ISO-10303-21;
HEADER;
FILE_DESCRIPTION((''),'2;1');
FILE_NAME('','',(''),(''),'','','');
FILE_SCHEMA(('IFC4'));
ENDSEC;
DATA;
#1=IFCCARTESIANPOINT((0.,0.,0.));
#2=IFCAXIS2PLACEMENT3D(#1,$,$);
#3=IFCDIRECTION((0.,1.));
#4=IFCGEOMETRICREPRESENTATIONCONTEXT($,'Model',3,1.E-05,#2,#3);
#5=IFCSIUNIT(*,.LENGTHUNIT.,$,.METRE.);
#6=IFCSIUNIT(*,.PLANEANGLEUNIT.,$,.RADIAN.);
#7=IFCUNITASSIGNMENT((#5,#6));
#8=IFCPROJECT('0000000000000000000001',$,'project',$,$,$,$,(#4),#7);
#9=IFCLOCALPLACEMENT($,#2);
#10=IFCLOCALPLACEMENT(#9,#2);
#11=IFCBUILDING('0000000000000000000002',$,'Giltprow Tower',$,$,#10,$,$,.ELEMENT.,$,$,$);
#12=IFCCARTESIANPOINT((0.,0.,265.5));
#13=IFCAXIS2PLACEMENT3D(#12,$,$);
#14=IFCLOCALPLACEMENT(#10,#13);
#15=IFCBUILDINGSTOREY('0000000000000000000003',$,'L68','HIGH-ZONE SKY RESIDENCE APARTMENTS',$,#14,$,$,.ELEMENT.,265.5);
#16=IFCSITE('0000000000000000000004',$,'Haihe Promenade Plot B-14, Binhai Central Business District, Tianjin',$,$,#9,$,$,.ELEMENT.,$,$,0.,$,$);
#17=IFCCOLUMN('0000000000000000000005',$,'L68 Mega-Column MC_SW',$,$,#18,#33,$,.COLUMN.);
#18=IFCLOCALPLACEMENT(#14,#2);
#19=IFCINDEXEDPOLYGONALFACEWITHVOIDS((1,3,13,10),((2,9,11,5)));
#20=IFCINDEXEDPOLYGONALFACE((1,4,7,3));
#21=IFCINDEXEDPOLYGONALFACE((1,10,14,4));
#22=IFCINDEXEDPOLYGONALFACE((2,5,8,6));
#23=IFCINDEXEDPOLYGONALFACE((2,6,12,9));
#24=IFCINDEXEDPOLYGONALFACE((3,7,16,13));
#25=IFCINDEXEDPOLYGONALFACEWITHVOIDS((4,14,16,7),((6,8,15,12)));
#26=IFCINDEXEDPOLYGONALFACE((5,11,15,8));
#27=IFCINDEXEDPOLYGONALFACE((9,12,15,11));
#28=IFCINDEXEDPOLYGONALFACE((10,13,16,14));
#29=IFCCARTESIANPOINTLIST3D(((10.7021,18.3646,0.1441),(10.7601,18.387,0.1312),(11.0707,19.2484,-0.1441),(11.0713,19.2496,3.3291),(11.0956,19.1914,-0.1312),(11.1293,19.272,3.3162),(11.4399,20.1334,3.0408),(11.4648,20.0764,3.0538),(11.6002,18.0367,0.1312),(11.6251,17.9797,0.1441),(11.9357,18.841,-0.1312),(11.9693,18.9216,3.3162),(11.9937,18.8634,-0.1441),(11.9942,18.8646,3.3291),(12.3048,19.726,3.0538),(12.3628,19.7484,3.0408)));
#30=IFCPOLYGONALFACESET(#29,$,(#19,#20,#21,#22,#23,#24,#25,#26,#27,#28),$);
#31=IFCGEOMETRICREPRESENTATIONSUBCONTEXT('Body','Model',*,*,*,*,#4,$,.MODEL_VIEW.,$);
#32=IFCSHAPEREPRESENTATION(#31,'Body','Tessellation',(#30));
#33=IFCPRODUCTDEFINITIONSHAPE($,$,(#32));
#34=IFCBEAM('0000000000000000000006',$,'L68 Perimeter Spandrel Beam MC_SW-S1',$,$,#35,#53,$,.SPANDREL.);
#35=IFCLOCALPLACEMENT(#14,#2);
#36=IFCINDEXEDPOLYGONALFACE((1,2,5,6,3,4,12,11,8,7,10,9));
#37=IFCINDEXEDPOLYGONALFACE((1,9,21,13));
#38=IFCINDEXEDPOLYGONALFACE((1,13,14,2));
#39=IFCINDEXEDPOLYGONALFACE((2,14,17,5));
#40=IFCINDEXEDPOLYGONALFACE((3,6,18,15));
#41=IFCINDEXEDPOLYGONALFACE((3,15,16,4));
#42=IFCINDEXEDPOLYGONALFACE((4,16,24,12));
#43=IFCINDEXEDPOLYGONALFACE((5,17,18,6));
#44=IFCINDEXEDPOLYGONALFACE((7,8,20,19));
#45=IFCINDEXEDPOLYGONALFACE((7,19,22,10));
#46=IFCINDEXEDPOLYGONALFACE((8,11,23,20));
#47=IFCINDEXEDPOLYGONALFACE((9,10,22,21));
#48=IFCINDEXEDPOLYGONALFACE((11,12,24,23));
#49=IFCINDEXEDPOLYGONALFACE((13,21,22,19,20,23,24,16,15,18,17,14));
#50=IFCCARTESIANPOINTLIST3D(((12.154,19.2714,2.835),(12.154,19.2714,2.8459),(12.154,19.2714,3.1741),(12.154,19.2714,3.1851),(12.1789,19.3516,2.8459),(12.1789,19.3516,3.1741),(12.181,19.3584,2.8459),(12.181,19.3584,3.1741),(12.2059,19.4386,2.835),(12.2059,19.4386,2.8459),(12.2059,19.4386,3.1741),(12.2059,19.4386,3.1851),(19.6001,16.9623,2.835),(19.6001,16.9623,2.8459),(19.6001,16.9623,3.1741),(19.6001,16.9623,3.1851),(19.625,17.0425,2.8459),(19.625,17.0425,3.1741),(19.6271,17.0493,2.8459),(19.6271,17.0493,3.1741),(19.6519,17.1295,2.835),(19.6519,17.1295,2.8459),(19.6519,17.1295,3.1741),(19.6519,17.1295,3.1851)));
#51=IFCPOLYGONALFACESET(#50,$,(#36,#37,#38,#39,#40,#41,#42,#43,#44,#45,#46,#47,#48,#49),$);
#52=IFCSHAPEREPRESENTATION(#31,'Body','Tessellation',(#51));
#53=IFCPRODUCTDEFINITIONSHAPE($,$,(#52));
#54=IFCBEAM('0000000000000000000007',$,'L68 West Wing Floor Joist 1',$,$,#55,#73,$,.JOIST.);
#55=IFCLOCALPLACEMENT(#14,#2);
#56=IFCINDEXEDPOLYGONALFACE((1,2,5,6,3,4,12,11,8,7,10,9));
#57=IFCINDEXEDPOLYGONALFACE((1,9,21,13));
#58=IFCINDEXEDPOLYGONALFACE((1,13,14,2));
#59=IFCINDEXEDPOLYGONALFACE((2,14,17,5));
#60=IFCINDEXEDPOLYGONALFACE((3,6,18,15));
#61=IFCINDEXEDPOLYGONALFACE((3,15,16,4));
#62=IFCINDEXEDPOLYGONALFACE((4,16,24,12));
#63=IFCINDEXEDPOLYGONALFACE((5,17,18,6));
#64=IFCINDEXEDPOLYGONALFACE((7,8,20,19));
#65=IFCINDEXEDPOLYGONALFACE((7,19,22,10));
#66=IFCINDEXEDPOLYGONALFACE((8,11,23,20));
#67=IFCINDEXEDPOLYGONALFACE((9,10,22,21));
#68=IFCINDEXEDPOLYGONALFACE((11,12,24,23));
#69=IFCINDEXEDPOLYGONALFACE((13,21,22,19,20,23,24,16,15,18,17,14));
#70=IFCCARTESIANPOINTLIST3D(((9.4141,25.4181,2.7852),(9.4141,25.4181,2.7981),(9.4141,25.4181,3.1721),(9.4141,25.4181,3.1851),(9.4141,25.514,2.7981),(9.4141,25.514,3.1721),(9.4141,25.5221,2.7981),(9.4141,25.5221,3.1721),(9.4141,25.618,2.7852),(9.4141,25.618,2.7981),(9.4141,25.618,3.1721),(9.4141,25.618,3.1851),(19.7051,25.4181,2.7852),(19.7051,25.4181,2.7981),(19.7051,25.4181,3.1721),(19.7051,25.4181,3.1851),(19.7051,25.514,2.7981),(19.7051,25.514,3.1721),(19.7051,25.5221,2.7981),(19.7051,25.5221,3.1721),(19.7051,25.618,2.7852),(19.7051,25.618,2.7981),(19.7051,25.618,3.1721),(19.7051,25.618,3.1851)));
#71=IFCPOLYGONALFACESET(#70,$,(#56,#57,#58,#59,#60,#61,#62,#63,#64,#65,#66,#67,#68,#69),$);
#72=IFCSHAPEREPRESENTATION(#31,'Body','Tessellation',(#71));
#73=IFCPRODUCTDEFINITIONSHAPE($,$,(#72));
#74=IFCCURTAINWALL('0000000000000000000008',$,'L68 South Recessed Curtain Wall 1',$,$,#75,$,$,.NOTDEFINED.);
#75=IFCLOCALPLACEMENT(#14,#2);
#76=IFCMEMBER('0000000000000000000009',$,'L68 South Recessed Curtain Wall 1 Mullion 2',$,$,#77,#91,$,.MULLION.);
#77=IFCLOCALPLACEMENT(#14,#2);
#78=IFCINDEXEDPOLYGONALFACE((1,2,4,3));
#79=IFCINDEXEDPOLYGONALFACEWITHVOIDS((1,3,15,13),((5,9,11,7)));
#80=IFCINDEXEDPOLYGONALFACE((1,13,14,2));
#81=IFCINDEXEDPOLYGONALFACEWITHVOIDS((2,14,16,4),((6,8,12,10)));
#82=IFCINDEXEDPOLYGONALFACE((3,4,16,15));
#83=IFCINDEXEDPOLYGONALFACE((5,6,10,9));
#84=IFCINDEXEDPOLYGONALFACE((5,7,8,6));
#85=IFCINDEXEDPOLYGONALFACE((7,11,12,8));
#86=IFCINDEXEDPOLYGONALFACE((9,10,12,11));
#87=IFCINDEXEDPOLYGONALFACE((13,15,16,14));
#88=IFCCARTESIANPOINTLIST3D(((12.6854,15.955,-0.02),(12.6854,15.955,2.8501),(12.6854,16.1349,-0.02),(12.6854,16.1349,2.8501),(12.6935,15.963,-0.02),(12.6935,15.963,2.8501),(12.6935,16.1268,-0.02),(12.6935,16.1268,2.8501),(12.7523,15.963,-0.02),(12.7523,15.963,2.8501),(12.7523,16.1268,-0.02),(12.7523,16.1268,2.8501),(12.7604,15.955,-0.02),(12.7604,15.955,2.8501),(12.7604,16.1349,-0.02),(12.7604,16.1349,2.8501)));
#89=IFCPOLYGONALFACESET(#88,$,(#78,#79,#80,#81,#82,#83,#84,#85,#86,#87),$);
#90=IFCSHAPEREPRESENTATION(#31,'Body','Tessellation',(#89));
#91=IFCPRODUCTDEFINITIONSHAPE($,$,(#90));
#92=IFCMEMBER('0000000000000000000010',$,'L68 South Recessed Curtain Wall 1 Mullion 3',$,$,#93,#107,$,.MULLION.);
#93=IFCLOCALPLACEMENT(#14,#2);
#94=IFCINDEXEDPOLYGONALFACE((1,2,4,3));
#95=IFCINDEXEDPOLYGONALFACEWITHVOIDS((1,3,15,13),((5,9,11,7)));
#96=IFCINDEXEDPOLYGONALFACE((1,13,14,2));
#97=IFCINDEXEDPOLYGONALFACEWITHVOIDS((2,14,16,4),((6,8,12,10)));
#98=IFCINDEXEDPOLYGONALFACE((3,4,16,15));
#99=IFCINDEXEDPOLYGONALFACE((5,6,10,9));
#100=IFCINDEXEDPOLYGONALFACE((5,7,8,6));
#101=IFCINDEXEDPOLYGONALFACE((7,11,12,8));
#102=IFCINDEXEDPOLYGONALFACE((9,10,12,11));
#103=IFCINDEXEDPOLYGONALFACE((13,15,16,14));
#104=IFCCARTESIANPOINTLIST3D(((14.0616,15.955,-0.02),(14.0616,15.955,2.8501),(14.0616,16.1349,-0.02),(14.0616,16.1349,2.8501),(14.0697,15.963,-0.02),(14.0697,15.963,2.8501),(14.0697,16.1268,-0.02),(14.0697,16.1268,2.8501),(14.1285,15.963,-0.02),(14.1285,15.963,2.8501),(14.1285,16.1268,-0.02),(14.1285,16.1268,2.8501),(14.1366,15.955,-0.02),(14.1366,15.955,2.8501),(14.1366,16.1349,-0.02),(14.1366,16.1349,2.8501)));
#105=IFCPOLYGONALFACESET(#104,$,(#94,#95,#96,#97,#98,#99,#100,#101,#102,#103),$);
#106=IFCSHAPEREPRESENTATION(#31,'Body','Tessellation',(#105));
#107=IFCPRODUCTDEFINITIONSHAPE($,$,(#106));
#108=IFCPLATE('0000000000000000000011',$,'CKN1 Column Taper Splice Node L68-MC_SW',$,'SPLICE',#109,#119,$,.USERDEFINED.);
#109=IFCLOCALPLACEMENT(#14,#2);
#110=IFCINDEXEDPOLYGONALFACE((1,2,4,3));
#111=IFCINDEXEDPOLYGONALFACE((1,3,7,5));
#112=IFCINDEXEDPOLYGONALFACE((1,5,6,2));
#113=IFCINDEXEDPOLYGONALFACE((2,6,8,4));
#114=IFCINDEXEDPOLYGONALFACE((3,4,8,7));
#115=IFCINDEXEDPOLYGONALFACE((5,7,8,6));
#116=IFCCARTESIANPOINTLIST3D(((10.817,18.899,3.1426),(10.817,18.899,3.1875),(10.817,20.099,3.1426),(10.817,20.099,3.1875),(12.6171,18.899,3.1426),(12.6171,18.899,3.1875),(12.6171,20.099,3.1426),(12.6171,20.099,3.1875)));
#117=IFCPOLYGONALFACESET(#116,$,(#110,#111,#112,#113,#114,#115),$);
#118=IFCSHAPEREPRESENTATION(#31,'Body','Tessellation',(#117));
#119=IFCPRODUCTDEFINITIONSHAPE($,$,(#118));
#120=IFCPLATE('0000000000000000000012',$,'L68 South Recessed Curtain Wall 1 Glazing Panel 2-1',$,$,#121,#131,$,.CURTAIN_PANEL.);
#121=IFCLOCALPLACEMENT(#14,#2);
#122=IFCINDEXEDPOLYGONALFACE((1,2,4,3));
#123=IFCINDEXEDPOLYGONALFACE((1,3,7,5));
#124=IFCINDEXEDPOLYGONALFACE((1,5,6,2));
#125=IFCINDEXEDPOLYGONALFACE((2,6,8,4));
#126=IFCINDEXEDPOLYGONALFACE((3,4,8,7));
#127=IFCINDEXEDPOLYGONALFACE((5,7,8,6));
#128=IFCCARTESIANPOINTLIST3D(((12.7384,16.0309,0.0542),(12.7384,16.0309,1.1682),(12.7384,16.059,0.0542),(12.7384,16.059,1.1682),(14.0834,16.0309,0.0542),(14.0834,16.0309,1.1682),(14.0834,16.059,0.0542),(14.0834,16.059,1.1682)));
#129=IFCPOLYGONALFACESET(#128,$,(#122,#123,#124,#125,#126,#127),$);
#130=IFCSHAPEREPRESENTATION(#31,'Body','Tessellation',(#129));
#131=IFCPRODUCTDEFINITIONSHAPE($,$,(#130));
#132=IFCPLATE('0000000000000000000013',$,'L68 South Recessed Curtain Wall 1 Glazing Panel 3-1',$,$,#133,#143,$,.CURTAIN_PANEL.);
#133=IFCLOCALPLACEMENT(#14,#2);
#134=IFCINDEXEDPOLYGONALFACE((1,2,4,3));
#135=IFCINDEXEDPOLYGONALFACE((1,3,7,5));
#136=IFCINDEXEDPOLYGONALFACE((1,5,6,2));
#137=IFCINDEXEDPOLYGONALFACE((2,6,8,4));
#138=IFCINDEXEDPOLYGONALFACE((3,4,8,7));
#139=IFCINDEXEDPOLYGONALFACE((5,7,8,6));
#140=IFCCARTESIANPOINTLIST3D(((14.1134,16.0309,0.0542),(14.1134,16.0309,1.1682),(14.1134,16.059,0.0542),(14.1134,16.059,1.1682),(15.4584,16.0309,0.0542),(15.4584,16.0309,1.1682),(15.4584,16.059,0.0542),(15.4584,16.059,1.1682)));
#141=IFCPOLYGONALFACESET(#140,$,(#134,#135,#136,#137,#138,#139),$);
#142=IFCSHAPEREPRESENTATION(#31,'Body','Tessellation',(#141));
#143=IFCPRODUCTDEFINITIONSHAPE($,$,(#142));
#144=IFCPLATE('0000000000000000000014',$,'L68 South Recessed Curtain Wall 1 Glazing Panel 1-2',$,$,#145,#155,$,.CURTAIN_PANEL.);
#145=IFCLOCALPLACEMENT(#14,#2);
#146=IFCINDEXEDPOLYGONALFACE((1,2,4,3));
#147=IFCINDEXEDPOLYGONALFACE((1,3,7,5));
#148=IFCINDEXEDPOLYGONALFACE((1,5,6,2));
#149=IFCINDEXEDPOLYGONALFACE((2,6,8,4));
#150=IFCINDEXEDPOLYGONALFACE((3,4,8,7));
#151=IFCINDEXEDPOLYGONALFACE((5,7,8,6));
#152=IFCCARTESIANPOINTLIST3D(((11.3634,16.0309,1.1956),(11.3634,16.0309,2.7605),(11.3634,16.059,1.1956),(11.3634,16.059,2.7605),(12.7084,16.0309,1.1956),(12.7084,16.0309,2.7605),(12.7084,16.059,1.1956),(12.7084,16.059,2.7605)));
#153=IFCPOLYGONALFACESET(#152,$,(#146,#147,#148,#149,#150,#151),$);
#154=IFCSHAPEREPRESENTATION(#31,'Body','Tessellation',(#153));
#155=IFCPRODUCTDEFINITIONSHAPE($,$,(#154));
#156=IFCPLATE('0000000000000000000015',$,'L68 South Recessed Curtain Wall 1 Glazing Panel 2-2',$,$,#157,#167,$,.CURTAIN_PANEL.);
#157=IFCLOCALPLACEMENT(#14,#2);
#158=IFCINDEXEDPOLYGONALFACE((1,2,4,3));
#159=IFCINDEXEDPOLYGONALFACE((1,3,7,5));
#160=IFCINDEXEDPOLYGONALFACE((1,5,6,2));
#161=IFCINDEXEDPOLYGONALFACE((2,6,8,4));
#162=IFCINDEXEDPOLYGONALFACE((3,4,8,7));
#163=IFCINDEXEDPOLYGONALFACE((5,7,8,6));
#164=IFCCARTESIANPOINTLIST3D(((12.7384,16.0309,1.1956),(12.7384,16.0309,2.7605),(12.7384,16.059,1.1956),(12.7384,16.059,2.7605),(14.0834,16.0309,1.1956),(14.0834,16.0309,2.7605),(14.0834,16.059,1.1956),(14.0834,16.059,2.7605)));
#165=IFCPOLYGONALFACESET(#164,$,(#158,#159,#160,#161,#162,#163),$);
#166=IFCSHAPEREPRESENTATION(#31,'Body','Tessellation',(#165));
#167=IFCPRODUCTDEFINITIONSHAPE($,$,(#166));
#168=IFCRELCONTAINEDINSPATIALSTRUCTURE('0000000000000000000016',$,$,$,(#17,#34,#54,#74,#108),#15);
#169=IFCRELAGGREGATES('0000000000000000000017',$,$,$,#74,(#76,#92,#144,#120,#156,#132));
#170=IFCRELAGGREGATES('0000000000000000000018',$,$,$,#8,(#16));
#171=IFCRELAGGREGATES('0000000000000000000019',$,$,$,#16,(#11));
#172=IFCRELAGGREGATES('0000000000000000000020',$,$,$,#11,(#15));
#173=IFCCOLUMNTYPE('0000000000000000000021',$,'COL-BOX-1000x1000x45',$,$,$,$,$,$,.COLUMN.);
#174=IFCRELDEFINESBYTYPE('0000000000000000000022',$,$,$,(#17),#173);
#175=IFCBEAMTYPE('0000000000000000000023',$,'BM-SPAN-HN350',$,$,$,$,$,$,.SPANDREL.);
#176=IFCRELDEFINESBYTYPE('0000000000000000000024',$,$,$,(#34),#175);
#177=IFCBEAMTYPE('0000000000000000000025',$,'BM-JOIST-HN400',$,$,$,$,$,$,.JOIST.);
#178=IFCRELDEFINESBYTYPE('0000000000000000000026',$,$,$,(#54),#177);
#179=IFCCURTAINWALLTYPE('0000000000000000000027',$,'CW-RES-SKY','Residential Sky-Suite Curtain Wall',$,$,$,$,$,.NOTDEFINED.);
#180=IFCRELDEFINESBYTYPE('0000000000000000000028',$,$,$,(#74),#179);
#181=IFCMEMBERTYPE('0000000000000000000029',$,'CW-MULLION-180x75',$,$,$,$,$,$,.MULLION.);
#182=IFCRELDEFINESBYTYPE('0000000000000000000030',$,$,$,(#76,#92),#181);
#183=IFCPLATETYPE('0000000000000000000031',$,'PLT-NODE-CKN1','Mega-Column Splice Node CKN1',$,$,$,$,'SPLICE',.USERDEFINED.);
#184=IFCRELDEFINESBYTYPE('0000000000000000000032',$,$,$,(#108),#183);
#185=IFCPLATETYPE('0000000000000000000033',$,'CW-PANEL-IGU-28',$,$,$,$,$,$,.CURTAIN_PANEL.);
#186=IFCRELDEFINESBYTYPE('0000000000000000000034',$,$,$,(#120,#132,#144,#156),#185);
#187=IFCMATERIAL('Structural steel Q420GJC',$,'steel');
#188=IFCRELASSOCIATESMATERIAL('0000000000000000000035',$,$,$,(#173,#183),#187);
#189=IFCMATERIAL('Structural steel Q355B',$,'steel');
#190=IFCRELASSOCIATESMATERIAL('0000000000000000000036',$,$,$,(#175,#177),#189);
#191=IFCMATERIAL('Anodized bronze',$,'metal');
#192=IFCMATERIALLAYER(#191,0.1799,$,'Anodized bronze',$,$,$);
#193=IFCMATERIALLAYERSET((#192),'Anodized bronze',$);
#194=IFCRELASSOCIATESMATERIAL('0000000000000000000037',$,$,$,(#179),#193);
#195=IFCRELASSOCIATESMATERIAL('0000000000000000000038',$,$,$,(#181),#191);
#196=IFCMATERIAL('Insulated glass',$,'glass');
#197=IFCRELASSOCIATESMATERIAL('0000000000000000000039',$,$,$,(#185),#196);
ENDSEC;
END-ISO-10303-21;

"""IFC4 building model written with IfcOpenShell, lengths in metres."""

from ifc_helpers import new_model, si_unit, direction, frame, origin, origin_2d, place, context, subcontext, project, spatial, rectangle, hollow_rectangle, i_section, extrude, source, transform, mapped, material, layer, layer_set, material_profile, profile_set, type_object, element, aggregate, save


model = new_model("IFC4")

# Units and contexts
model_context = context("Model", 3, precision=1e-05, world=origin(), true_north=direction((0.0, 1.0)))
body_context = subcontext(model_context, "Body", "Model", "MODEL_VIEW")
ifc_project = project(units=[si_unit("LENGTHUNIT", "METRE"), si_unit("PLANEANGLEUNIT", "RADIAN")], contexts=[model_context])

# Site, building, storey
site_placement = place(None, origin())
site = spatial("IfcSite", under=ifc_project, at=site_placement, Name="Haihe Promenade Plot B-14, Binhai Central Business District, Tianjin", CompositionType="ELEMENT", RefElevation=0.0)
building_placement = place(site_placement, origin())
building = spatial("IfcBuilding", under=site, at=building_placement, Name="Giltprow Tower", CompositionType="ELEMENT")
storey_placement = place(building_placement, frame((0.0, 0.0, 265.5)))
storey = spatial("IfcBuildingStorey", under=building, at=storey_placement, Name="L68", Description="HIGH-ZONE SKY RESIDENCE APARTMENTS", CompositionType="ELEMENT", Elevation=265.5)

# Column
ifc_material_1 = material(Name="Structural steel Q420GJC", Category="steel")
ifc_material_profile_1 = material_profile(ifc_material_1, hollow_rectangle(XDim=1.0, YDim=1.0, WallThickness=0.0449, at=origin_2d()), Name="BOX 1000x1000x45")
ifc_profile_set_1 = profile_set([ifc_material_profile_1], Name="Structural steel Q420GJC")
column_type = type_object("IfcColumnType", Name="COL-BOX-1000x1000x45", PredefinedType="COLUMN", material=ifc_profile_set_1)
shared_shape_1 = source(origin(), body_context, "Body", "SweptSolid", [
    extrude(hollow_rectangle(XDim=1.0, YDim=1.0, WallThickness=0.0449, at=origin_2d()), origin(), (0.0, 0.0, 1.0), 3.3262),
])
column_placement = place(storey_placement, frame((11.3479, 18.614, 0.0), z_axis=(0.110977, 0.266066, 0.957545), x_axis=(-0.922934, 0.384959, 0.0)))
element("IfcColumn", 1, at=column_placement, inside=storey, type_object=column_type, Name="L68 Mega-Column MC_SW", PredefinedType="COLUMN", context=body_context, shape_type="MappedRepresentation", body=[
    mapped(shared_shape_1, transform((0.0, 0.0, 0.0), x_axis=(1.0, 0.0, 0.0), y_axis=(0.0, 1.0, 0.0), z_axis=(0.0, 0.0, 1.0), scale=1.0)),
])

# Beams
ifc_material_2 = material(Name="Structural steel Q355B", Category="steel")
ifc_material_profile_2 = material_profile(ifc_material_2, i_section(OverallWidth=0.175, OverallDepth=0.3501, WebThickness=0.0071, FlangeThickness=0.011, at=origin_2d()), Name="HN 350x175x7x11")
ifc_profile_set_2 = profile_set([ifc_material_profile_2], Name="Structural steel Q355B")
beam_type_1 = type_object("IfcBeamType", Name="BM-SPAN-HN350", PredefinedType="SPANDREL", material=ifc_profile_set_2)
shared_shape_2 = source(origin(), body_context, "Body", "SweptSolid", [
    extrude(i_section(OverallWidth=0.175, OverallDepth=0.3501, WebThickness=0.0071, FlangeThickness=0.011, at=origin_2d()), origin(), (0.0, 0.0, 1.0), 7.7959),
])
beam_1_placement = place(storey_placement, frame((12.1799, 19.355, 3.01), z_axis=(0.955128, -0.296193, 0.0), x_axis=(0.296193, 0.955128, 0.0)))
element("IfcBeam", 2, at=beam_1_placement, inside=storey, type_object=beam_type_1, Name="L68 Perimeter Spandrel Beam MC_SW-S1", PredefinedType="SPANDREL", context=body_context, shape_type="MappedRepresentation", body=[
    mapped(shared_shape_2, transform((0.0, 0.0, 0.0), x_axis=(1.0, 0.0, 0.0), y_axis=(0.0, 1.0, 0.0), z_axis=(0.0, 0.0, 1.0), scale=1.0)),
])
ifc_material_profile_3 = material_profile(ifc_material_2, i_section(OverallWidth=0.2, OverallDepth=0.3999, WebThickness=0.0081, FlangeThickness=0.0129, at=origin_2d()), Name="HN 400x200x8x13")
ifc_profile_set_3 = profile_set([ifc_material_profile_3], Name="Structural steel Q355B")
beam_type_2 = type_object("IfcBeamType", Name="BM-JOIST-HN400", PredefinedType="JOIST", material=ifc_profile_set_3)
shared_shape_3 = source(origin(), body_context, "Body", "SweptSolid", [
    extrude(i_section(OverallWidth=0.2, OverallDepth=0.3999, WebThickness=0.0081, FlangeThickness=0.0129, at=origin_2d()), origin(), (0.0, 0.0, 1.0), 10.291),
])
beam_2_placement = place(storey_placement, frame((9.4141, 25.5181, 2.9851), z_axis=(1.0, 0.0, 0.0), x_axis=(0.0, 1.0, 0.0)))
element("IfcBeam", 3, at=beam_2_placement, inside=storey, type_object=beam_type_2, Name="L68 West Wing Floor Joist 1", PredefinedType="JOIST", context=body_context, shape_type="MappedRepresentation", body=[
    mapped(shared_shape_3, transform((0.0, 0.0, 0.0), x_axis=(1.0, 0.0, 0.0), y_axis=(0.0, 1.0, 0.0), z_axis=(0.0, 0.0, 1.0), scale=1.0)),
])

# Curtain wall, members
ifc_material_3 = material(Name="Anodized bronze", Category="metal")
ifc_layer_1 = layer(ifc_material_3, 0.1799, Name="Anodized bronze")
ifc_layer_set_1 = layer_set([ifc_layer_1], Name="Anodized bronze")
curtain_wall_type = type_object("IfcCurtainWallType", Name="CW-RES-SKY", Description="Residential Sky-Suite Curtain Wall", PredefinedType="NOTDEFINED", material=ifc_layer_set_1)
curtain_wall_placement = place(storey_placement, origin())
curtain_wall = element("IfcCurtainWall", 4, at=curtain_wall_placement, inside=storey, type_object=curtain_wall_type, Name="L68 South Recessed Curtain Wall 1", PredefinedType="NOTDEFINED")
ifc_material_profile_4 = material_profile(ifc_material_3, hollow_rectangle(XDim=0.075, YDim=0.1799, WallThickness=0.0081, at=origin_2d()), Name="RHS 180x75x8")
ifc_profile_set_4 = profile_set([ifc_material_profile_4], Name="Anodized bronze")
member_type = type_object("IfcMemberType", Name="CW-MULLION-180x75", PredefinedType="MULLION", material=ifc_profile_set_4)
shared_shape_4 = source(origin(), body_context, "Body", "SweptSolid", [
    extrude(hollow_rectangle(XDim=0.075, YDim=0.1799, WallThickness=0.0081, at=origin_2d()), origin(), (0.0, 0.0, 1.0), 2.8701),
])
member_1_placement = place(storey_placement, frame((12.7229, 16.0449, -0.02), z_axis=(0.0, 0.0, 1.0), x_axis=(1.0, 0.0, 0.0)))
member_1 = element("IfcMember", 5, at=member_1_placement, type_object=member_type, Name="L68 South Recessed Curtain Wall 1 Mullion 2", PredefinedType="MULLION", context=body_context, shape_type="MappedRepresentation", body=[
    mapped(shared_shape_4, transform((0.0, 0.0, 0.0), x_axis=(1.0, 0.0, 0.0), y_axis=(0.0, 1.0, 0.0), z_axis=(0.0, 0.0, 1.0), scale=1.0)),
])
member_2_placement = place(storey_placement, frame((14.0991, 16.0449, -0.02), z_axis=(0.0, 0.0, 1.0), x_axis=(1.0, 0.0, 0.0)))
member_2 = element("IfcMember", 6, at=member_2_placement, type_object=member_type, Name="L68 South Recessed Curtain Wall 1 Mullion 3", PredefinedType="MULLION", context=body_context, shape_type="MappedRepresentation", body=[
    mapped(shared_shape_4, transform((0.0, 0.0, 0.0), x_axis=(1.0, 0.0, 0.0), y_axis=(0.0, 1.0, 0.0), z_axis=(0.0, 0.0, 1.0), scale=1.0)),
])

# Plates
plate_type_1 = type_object("IfcPlateType", Name="PLT-NODE-CKN1", Description="Mega-Column Splice Node CKN1", ElementType="SPLICE", PredefinedType="USERDEFINED", material=ifc_material_1)
shared_shape_5 = source(origin(), body_context, "Body", "SweptSolid", [
    extrude(rectangle(XDim=1.8, YDim=1.2, at=origin_2d()), origin(), (0.0, 0.0, 1.0), 0.0449),
])
plate_1_placement = place(storey_placement, frame((11.717, 19.499, 3.1426), z_axis=(0.0, 0.0, 1.0), x_axis=(1.0, 0.0, 0.0)))
element("IfcPlate", 7, at=plate_1_placement, inside=storey, type_object=plate_type_1, Name="CKN1 Column Taper Splice Node L68-MC_SW", ObjectType="SPLICE", PredefinedType="USERDEFINED", context=body_context, shape_type="MappedRepresentation", body=[
    mapped(shared_shape_5, transform((0.0, 0.0, 0.0), x_axis=(1.0, 0.0, 0.0), y_axis=(0.0, 1.0, 0.0), z_axis=(0.0, 0.0, 1.0), scale=1.0)),
])
ifc_material_4 = material(Name="Insulated glass", Category="glass")
plate_type_2 = type_object("IfcPlateType", Name="CW-PANEL-IGU-28", PredefinedType="CURTAIN_PANEL", material=ifc_material_4)
shared_shape_6 = source(origin(), body_context, "Body", "SweptSolid", [
    extrude(rectangle(XDim=1.345, YDim=0.0281, at=origin_2d()), origin(), (0.0, 0.0, 1.0), 1.114),
])
plate_2_placement = place(storey_placement, frame((13.4109, 16.0449, 0.0542), z_axis=(0.0, 0.0, 1.0), x_axis=(1.0, 0.0, 0.0)))
plate_2 = element("IfcPlate", 8, at=plate_2_placement, type_object=plate_type_2, Name="L68 South Recessed Curtain Wall 1 Glazing Panel 2-1", PredefinedType="CURTAIN_PANEL", context=body_context, shape_type="MappedRepresentation", body=[
    mapped(shared_shape_6, transform((0.0, 0.0, 0.0), x_axis=(1.0, 0.0, 0.0), y_axis=(0.0, 1.0, 0.0), z_axis=(0.0, 0.0, 1.0), scale=1.0)),
])
plate_3_placement = place(storey_placement, frame((14.7859, 16.0449, 0.0542), z_axis=(0.0, 0.0, 1.0), x_axis=(1.0, 0.0, 0.0)))
plate_3 = element("IfcPlate", 9, at=plate_3_placement, type_object=plate_type_2, Name="L68 South Recessed Curtain Wall 1 Glazing Panel 3-1", PredefinedType="CURTAIN_PANEL", context=body_context, shape_type="MappedRepresentation", body=[
    mapped(shared_shape_6, transform((0.0, 0.0, 0.0), x_axis=(1.0, 0.0, 0.0), y_axis=(0.0, 1.0, 0.0), z_axis=(0.0, 0.0, 1.0), scale=1.0)),
])
shared_shape_7 = source(origin(), body_context, "Body", "SweptSolid", [
    extrude(rectangle(XDim=1.345, YDim=0.0281, at=origin_2d()), origin(), (0.0, 0.0, 1.0), 1.5649),
])
plate_4_placement = place(storey_placement, frame((12.0359, 16.0449, 1.1956), z_axis=(0.0, 0.0, 1.0), x_axis=(1.0, 0.0, 0.0)))
plate_4 = element("IfcPlate", 10, at=plate_4_placement, type_object=plate_type_2, Name="L68 South Recessed Curtain Wall 1 Glazing Panel 1-2", PredefinedType="CURTAIN_PANEL", context=body_context, shape_type="MappedRepresentation", body=[
    mapped(shared_shape_7, transform((0.0, 0.0, 0.0), x_axis=(1.0, 0.0, 0.0), y_axis=(0.0, 1.0, 0.0), z_axis=(0.0, 0.0, 1.0), scale=1.0)),
])
plate_5_placement = place(storey_placement, frame((13.4109, 16.0449, 1.1956), z_axis=(0.0, 0.0, 1.0), x_axis=(1.0, 0.0, 0.0)))
plate_5 = element("IfcPlate", 11, at=plate_5_placement, type_object=plate_type_2, Name="L68 South Recessed Curtain Wall 1 Glazing Panel 2-2", PredefinedType="CURTAIN_PANEL", context=body_context, shape_type="MappedRepresentation", body=[
    mapped(shared_shape_7, transform((0.0, 0.0, 0.0), x_axis=(1.0, 0.0, 0.0), y_axis=(0.0, 1.0, 0.0), z_axis=(0.0, 0.0, 1.0), scale=1.0)),
])
aggregate(curtain_wall, [member_1, member_2, plate_4, plate_2, plate_5, plate_3])

save(model, "model.ifc")
